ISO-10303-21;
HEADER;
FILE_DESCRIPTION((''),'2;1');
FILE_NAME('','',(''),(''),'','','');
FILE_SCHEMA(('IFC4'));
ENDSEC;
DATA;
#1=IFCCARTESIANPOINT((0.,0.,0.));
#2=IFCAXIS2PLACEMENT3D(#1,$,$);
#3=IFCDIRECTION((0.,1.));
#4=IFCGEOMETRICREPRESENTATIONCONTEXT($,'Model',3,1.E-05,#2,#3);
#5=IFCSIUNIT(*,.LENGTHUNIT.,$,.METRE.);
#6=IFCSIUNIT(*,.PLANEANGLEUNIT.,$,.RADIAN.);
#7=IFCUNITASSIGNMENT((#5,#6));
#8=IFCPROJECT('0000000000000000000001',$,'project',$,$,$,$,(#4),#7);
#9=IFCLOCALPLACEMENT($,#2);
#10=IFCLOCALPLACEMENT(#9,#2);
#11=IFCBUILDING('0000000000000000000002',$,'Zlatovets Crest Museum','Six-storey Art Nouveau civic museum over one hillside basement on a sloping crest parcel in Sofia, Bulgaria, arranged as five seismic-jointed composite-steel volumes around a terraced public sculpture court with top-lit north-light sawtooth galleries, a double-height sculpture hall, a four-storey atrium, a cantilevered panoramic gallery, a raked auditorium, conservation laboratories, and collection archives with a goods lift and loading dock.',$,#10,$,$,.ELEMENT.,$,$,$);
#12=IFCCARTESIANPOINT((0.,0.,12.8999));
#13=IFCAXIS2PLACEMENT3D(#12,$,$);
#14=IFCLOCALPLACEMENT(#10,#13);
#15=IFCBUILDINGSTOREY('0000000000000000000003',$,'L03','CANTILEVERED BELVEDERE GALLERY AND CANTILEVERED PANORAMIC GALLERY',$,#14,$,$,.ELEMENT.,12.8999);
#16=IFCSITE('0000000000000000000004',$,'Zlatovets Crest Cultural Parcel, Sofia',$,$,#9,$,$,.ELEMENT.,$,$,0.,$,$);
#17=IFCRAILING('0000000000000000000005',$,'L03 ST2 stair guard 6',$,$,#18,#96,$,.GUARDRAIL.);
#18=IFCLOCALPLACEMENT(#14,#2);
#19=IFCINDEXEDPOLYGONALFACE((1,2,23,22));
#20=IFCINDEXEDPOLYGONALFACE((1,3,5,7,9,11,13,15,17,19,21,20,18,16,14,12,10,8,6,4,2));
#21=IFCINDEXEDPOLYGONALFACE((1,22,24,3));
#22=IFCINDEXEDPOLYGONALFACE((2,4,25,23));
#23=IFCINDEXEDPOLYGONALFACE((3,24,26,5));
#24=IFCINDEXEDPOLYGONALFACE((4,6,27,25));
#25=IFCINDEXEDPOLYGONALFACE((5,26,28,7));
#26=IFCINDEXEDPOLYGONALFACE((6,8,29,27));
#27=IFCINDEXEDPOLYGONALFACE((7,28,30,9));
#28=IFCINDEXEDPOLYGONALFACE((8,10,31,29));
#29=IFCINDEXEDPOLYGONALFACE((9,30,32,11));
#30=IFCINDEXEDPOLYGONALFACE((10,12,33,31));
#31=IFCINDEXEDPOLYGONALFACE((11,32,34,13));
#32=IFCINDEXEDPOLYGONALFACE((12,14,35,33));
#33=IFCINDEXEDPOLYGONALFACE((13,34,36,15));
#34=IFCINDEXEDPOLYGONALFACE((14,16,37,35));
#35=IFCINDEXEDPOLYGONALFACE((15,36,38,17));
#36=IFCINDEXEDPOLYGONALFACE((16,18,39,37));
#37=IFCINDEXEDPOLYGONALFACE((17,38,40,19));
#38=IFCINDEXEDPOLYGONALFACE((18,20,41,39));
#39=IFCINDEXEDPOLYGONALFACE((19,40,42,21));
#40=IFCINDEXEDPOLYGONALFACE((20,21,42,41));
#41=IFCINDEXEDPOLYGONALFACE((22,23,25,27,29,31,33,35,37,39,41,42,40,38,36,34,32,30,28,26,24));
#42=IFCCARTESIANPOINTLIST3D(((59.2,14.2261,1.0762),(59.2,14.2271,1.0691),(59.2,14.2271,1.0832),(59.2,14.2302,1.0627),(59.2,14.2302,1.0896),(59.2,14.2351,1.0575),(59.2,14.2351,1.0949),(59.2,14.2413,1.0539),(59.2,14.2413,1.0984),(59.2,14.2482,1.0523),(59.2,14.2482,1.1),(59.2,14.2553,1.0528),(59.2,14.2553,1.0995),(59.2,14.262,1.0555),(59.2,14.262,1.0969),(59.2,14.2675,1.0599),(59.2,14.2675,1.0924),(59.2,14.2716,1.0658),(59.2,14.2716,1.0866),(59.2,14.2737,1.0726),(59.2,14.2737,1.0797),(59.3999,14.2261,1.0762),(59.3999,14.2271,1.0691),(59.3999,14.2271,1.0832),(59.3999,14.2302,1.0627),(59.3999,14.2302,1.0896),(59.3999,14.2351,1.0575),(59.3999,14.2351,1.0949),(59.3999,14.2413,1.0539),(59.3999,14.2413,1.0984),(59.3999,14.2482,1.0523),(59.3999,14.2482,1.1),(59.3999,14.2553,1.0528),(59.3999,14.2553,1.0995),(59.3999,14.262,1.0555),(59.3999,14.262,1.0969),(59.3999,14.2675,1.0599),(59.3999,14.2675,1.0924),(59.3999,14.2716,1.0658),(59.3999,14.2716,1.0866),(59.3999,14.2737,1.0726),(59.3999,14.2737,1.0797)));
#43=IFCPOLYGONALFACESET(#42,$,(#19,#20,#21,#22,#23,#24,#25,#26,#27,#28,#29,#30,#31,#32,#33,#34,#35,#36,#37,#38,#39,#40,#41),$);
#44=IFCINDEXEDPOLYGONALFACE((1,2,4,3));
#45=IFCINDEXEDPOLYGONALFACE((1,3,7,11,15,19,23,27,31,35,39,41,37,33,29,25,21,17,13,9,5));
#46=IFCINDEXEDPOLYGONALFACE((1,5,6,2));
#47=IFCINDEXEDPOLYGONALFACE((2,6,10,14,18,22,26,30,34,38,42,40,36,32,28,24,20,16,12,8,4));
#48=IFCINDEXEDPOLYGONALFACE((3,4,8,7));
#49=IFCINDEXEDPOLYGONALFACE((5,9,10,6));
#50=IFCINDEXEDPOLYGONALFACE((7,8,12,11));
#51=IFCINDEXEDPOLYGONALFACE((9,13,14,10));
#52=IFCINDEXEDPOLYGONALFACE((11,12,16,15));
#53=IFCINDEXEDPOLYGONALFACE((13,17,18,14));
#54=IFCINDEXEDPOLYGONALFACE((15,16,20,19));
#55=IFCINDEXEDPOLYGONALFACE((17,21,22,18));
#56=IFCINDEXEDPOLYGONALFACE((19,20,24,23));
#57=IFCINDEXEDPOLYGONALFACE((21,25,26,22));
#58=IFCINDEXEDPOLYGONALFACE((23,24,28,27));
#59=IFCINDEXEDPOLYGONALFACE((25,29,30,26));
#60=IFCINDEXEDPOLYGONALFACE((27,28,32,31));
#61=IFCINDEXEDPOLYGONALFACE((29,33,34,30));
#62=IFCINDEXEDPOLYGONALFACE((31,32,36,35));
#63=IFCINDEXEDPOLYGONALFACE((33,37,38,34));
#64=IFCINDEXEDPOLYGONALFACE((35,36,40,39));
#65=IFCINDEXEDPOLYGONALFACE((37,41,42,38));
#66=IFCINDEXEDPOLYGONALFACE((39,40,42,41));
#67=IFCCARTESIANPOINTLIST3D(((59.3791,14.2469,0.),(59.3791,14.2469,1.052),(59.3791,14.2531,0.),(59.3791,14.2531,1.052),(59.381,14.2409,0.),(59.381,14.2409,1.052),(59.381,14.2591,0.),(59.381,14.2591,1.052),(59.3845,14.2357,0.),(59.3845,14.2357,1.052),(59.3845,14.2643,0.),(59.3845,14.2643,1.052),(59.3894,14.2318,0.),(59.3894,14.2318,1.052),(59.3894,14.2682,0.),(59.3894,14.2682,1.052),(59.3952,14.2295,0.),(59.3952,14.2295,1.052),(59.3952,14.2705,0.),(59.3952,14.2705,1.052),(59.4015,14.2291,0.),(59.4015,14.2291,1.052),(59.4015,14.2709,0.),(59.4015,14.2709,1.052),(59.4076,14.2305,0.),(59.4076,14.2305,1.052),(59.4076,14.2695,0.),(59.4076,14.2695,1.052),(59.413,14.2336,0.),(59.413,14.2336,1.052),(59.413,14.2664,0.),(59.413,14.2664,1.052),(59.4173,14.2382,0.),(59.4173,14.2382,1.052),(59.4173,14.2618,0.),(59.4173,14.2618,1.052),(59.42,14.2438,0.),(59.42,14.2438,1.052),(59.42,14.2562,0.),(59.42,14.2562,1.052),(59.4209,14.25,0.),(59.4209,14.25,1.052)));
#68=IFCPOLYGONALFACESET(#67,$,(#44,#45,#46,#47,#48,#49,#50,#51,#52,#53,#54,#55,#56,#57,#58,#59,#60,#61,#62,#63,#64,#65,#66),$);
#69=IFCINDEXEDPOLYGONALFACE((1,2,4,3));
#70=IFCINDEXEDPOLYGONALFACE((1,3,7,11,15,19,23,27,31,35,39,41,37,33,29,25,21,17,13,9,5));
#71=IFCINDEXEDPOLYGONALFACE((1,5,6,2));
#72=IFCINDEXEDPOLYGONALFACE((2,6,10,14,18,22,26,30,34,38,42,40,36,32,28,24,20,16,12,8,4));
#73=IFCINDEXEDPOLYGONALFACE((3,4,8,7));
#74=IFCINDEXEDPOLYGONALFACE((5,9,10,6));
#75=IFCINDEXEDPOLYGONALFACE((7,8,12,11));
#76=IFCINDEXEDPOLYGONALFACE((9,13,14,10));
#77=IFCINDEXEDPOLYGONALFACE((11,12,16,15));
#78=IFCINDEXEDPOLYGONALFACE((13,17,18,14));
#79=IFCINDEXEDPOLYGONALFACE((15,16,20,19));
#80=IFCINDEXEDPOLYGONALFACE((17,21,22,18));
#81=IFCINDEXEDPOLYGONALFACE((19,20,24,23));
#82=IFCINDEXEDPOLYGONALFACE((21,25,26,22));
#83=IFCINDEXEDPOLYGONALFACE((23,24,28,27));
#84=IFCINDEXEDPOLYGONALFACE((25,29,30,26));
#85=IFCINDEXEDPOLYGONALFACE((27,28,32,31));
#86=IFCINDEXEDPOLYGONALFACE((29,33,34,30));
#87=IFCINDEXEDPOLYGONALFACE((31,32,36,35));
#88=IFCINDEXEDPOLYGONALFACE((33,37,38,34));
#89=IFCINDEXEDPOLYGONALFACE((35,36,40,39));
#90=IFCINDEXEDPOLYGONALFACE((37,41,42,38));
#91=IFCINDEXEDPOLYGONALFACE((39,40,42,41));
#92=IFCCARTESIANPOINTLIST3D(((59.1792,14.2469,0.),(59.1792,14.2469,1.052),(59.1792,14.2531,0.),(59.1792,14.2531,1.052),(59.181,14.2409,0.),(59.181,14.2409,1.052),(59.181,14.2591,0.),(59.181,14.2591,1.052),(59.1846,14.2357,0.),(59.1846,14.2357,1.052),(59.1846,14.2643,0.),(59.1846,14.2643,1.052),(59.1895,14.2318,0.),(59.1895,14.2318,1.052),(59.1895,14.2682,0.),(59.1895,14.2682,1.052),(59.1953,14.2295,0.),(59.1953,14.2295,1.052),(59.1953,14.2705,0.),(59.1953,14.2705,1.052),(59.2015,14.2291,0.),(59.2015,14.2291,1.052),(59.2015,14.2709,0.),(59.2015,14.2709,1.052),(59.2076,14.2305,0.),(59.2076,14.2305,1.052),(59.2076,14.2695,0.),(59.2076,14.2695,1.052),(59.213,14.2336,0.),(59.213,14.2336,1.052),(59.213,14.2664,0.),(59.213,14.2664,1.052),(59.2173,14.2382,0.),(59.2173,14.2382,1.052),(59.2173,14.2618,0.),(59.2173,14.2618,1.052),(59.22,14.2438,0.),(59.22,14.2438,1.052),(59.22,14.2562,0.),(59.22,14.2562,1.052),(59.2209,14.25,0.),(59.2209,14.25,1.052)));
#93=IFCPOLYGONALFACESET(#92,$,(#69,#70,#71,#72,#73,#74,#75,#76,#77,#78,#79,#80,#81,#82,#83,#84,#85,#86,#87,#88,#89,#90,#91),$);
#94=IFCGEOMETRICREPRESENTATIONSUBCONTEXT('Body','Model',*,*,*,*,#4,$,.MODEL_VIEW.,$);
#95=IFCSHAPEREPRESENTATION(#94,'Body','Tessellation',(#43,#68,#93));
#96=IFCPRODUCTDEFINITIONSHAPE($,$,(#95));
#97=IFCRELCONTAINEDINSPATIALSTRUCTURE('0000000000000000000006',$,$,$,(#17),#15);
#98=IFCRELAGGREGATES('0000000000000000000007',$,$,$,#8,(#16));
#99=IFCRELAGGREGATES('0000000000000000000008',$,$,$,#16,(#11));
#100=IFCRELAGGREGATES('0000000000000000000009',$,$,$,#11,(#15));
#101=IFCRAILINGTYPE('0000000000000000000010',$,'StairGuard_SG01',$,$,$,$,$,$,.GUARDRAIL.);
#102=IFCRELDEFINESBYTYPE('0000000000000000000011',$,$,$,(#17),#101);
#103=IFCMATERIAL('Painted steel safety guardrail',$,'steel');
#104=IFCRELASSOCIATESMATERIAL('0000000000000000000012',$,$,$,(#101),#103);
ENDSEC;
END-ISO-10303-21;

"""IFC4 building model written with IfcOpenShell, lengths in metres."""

from ifc_helpers import new_model, si_unit, direction, frame, origin, origin_2d, place, context, subcontext, project, spatial, circle, extrude, material, type_object, element, save


model = new_model("IFC4")

# Units and contexts
model_context = context("Model", 3, precision=1e-05, world=origin(), true_north=direction((0.0, 1.0)))
body_context = subcontext(model_context, "Body", "Model", "MODEL_VIEW")
ifc_project = project(units=[si_unit("LENGTHUNIT", "METRE"), si_unit("PLANEANGLEUNIT", "RADIAN")], contexts=[model_context])

# Site, building, storey
site_placement = place(None, origin())
site = spatial("IfcSite", under=ifc_project, at=site_placement, Name="Zlatovets Crest Cultural Parcel, Sofia", CompositionType="ELEMENT", RefElevation=0.0)
building_placement = place(site_placement, origin())
building = spatial("IfcBuilding", under=site, at=building_placement, Name="Zlatovets Crest Museum", Description="Six-storey Art Nouveau civic museum over one hillside basement on a sloping crest parcel in Sofia, Bulgaria, arranged as five seismic-jointed composite-steel volumes around a terraced public sculpture court with top-lit north-light sawtooth galleries, a double-height sculpture hall, a four-storey atrium, a cantilevered panoramic gallery, a raked auditorium, conservation laboratories, and collection archives with a goods lift and loading dock.", CompositionType="ELEMENT")
storey_placement = place(building_placement, frame((0.0, 0.0, 12.8999)))
storey = spatial("IfcBuildingStorey", under=building, at=storey_placement, Name="L03", Description="CANTILEVERED BELVEDERE GALLERY AND CANTILEVERED PANORAMIC GALLERY", CompositionType="ELEMENT", Elevation=12.8999)

# Railing
ifc_material_1 = material(Name="Painted steel safety guardrail", Category="steel")
railing_type_1 = type_object("IfcRailingType", Name="StairGuard_SG01", PredefinedType="GUARDRAIL", material=ifc_material_1)
railing_1_placement = place(storey_placement, frame((59.3999, 14.25, 0.0)))
element("IfcRailing", 1, at=railing_1_placement, inside=storey, type_object=railing_type_1, Name="L03 ST2 stair guard 6", PredefinedType="GUARDRAIL", context=body_context, shape_type="SweptSolid", body=[
    extrude(circle(Radius=0.0239, at=origin_2d()), frame((0.0, 0.0, 1.0762), z_axis=(-1.0, 0.0, 0.0), x_axis=(0.0, -1.0, 0.0)), (0.0, 0.0, 1.0), 0.2),
    extrude(circle(Radius=0.021, at=origin_2d()), origin(), (0.0, 0.0, 1.0), 1.052),
    extrude(circle(Radius=0.021, at=origin_2d()), frame((-0.2, 0.0, 0.0)), (0.0, 0.0, 1.0), 1.052),
])

save(model, "model.ifc")
